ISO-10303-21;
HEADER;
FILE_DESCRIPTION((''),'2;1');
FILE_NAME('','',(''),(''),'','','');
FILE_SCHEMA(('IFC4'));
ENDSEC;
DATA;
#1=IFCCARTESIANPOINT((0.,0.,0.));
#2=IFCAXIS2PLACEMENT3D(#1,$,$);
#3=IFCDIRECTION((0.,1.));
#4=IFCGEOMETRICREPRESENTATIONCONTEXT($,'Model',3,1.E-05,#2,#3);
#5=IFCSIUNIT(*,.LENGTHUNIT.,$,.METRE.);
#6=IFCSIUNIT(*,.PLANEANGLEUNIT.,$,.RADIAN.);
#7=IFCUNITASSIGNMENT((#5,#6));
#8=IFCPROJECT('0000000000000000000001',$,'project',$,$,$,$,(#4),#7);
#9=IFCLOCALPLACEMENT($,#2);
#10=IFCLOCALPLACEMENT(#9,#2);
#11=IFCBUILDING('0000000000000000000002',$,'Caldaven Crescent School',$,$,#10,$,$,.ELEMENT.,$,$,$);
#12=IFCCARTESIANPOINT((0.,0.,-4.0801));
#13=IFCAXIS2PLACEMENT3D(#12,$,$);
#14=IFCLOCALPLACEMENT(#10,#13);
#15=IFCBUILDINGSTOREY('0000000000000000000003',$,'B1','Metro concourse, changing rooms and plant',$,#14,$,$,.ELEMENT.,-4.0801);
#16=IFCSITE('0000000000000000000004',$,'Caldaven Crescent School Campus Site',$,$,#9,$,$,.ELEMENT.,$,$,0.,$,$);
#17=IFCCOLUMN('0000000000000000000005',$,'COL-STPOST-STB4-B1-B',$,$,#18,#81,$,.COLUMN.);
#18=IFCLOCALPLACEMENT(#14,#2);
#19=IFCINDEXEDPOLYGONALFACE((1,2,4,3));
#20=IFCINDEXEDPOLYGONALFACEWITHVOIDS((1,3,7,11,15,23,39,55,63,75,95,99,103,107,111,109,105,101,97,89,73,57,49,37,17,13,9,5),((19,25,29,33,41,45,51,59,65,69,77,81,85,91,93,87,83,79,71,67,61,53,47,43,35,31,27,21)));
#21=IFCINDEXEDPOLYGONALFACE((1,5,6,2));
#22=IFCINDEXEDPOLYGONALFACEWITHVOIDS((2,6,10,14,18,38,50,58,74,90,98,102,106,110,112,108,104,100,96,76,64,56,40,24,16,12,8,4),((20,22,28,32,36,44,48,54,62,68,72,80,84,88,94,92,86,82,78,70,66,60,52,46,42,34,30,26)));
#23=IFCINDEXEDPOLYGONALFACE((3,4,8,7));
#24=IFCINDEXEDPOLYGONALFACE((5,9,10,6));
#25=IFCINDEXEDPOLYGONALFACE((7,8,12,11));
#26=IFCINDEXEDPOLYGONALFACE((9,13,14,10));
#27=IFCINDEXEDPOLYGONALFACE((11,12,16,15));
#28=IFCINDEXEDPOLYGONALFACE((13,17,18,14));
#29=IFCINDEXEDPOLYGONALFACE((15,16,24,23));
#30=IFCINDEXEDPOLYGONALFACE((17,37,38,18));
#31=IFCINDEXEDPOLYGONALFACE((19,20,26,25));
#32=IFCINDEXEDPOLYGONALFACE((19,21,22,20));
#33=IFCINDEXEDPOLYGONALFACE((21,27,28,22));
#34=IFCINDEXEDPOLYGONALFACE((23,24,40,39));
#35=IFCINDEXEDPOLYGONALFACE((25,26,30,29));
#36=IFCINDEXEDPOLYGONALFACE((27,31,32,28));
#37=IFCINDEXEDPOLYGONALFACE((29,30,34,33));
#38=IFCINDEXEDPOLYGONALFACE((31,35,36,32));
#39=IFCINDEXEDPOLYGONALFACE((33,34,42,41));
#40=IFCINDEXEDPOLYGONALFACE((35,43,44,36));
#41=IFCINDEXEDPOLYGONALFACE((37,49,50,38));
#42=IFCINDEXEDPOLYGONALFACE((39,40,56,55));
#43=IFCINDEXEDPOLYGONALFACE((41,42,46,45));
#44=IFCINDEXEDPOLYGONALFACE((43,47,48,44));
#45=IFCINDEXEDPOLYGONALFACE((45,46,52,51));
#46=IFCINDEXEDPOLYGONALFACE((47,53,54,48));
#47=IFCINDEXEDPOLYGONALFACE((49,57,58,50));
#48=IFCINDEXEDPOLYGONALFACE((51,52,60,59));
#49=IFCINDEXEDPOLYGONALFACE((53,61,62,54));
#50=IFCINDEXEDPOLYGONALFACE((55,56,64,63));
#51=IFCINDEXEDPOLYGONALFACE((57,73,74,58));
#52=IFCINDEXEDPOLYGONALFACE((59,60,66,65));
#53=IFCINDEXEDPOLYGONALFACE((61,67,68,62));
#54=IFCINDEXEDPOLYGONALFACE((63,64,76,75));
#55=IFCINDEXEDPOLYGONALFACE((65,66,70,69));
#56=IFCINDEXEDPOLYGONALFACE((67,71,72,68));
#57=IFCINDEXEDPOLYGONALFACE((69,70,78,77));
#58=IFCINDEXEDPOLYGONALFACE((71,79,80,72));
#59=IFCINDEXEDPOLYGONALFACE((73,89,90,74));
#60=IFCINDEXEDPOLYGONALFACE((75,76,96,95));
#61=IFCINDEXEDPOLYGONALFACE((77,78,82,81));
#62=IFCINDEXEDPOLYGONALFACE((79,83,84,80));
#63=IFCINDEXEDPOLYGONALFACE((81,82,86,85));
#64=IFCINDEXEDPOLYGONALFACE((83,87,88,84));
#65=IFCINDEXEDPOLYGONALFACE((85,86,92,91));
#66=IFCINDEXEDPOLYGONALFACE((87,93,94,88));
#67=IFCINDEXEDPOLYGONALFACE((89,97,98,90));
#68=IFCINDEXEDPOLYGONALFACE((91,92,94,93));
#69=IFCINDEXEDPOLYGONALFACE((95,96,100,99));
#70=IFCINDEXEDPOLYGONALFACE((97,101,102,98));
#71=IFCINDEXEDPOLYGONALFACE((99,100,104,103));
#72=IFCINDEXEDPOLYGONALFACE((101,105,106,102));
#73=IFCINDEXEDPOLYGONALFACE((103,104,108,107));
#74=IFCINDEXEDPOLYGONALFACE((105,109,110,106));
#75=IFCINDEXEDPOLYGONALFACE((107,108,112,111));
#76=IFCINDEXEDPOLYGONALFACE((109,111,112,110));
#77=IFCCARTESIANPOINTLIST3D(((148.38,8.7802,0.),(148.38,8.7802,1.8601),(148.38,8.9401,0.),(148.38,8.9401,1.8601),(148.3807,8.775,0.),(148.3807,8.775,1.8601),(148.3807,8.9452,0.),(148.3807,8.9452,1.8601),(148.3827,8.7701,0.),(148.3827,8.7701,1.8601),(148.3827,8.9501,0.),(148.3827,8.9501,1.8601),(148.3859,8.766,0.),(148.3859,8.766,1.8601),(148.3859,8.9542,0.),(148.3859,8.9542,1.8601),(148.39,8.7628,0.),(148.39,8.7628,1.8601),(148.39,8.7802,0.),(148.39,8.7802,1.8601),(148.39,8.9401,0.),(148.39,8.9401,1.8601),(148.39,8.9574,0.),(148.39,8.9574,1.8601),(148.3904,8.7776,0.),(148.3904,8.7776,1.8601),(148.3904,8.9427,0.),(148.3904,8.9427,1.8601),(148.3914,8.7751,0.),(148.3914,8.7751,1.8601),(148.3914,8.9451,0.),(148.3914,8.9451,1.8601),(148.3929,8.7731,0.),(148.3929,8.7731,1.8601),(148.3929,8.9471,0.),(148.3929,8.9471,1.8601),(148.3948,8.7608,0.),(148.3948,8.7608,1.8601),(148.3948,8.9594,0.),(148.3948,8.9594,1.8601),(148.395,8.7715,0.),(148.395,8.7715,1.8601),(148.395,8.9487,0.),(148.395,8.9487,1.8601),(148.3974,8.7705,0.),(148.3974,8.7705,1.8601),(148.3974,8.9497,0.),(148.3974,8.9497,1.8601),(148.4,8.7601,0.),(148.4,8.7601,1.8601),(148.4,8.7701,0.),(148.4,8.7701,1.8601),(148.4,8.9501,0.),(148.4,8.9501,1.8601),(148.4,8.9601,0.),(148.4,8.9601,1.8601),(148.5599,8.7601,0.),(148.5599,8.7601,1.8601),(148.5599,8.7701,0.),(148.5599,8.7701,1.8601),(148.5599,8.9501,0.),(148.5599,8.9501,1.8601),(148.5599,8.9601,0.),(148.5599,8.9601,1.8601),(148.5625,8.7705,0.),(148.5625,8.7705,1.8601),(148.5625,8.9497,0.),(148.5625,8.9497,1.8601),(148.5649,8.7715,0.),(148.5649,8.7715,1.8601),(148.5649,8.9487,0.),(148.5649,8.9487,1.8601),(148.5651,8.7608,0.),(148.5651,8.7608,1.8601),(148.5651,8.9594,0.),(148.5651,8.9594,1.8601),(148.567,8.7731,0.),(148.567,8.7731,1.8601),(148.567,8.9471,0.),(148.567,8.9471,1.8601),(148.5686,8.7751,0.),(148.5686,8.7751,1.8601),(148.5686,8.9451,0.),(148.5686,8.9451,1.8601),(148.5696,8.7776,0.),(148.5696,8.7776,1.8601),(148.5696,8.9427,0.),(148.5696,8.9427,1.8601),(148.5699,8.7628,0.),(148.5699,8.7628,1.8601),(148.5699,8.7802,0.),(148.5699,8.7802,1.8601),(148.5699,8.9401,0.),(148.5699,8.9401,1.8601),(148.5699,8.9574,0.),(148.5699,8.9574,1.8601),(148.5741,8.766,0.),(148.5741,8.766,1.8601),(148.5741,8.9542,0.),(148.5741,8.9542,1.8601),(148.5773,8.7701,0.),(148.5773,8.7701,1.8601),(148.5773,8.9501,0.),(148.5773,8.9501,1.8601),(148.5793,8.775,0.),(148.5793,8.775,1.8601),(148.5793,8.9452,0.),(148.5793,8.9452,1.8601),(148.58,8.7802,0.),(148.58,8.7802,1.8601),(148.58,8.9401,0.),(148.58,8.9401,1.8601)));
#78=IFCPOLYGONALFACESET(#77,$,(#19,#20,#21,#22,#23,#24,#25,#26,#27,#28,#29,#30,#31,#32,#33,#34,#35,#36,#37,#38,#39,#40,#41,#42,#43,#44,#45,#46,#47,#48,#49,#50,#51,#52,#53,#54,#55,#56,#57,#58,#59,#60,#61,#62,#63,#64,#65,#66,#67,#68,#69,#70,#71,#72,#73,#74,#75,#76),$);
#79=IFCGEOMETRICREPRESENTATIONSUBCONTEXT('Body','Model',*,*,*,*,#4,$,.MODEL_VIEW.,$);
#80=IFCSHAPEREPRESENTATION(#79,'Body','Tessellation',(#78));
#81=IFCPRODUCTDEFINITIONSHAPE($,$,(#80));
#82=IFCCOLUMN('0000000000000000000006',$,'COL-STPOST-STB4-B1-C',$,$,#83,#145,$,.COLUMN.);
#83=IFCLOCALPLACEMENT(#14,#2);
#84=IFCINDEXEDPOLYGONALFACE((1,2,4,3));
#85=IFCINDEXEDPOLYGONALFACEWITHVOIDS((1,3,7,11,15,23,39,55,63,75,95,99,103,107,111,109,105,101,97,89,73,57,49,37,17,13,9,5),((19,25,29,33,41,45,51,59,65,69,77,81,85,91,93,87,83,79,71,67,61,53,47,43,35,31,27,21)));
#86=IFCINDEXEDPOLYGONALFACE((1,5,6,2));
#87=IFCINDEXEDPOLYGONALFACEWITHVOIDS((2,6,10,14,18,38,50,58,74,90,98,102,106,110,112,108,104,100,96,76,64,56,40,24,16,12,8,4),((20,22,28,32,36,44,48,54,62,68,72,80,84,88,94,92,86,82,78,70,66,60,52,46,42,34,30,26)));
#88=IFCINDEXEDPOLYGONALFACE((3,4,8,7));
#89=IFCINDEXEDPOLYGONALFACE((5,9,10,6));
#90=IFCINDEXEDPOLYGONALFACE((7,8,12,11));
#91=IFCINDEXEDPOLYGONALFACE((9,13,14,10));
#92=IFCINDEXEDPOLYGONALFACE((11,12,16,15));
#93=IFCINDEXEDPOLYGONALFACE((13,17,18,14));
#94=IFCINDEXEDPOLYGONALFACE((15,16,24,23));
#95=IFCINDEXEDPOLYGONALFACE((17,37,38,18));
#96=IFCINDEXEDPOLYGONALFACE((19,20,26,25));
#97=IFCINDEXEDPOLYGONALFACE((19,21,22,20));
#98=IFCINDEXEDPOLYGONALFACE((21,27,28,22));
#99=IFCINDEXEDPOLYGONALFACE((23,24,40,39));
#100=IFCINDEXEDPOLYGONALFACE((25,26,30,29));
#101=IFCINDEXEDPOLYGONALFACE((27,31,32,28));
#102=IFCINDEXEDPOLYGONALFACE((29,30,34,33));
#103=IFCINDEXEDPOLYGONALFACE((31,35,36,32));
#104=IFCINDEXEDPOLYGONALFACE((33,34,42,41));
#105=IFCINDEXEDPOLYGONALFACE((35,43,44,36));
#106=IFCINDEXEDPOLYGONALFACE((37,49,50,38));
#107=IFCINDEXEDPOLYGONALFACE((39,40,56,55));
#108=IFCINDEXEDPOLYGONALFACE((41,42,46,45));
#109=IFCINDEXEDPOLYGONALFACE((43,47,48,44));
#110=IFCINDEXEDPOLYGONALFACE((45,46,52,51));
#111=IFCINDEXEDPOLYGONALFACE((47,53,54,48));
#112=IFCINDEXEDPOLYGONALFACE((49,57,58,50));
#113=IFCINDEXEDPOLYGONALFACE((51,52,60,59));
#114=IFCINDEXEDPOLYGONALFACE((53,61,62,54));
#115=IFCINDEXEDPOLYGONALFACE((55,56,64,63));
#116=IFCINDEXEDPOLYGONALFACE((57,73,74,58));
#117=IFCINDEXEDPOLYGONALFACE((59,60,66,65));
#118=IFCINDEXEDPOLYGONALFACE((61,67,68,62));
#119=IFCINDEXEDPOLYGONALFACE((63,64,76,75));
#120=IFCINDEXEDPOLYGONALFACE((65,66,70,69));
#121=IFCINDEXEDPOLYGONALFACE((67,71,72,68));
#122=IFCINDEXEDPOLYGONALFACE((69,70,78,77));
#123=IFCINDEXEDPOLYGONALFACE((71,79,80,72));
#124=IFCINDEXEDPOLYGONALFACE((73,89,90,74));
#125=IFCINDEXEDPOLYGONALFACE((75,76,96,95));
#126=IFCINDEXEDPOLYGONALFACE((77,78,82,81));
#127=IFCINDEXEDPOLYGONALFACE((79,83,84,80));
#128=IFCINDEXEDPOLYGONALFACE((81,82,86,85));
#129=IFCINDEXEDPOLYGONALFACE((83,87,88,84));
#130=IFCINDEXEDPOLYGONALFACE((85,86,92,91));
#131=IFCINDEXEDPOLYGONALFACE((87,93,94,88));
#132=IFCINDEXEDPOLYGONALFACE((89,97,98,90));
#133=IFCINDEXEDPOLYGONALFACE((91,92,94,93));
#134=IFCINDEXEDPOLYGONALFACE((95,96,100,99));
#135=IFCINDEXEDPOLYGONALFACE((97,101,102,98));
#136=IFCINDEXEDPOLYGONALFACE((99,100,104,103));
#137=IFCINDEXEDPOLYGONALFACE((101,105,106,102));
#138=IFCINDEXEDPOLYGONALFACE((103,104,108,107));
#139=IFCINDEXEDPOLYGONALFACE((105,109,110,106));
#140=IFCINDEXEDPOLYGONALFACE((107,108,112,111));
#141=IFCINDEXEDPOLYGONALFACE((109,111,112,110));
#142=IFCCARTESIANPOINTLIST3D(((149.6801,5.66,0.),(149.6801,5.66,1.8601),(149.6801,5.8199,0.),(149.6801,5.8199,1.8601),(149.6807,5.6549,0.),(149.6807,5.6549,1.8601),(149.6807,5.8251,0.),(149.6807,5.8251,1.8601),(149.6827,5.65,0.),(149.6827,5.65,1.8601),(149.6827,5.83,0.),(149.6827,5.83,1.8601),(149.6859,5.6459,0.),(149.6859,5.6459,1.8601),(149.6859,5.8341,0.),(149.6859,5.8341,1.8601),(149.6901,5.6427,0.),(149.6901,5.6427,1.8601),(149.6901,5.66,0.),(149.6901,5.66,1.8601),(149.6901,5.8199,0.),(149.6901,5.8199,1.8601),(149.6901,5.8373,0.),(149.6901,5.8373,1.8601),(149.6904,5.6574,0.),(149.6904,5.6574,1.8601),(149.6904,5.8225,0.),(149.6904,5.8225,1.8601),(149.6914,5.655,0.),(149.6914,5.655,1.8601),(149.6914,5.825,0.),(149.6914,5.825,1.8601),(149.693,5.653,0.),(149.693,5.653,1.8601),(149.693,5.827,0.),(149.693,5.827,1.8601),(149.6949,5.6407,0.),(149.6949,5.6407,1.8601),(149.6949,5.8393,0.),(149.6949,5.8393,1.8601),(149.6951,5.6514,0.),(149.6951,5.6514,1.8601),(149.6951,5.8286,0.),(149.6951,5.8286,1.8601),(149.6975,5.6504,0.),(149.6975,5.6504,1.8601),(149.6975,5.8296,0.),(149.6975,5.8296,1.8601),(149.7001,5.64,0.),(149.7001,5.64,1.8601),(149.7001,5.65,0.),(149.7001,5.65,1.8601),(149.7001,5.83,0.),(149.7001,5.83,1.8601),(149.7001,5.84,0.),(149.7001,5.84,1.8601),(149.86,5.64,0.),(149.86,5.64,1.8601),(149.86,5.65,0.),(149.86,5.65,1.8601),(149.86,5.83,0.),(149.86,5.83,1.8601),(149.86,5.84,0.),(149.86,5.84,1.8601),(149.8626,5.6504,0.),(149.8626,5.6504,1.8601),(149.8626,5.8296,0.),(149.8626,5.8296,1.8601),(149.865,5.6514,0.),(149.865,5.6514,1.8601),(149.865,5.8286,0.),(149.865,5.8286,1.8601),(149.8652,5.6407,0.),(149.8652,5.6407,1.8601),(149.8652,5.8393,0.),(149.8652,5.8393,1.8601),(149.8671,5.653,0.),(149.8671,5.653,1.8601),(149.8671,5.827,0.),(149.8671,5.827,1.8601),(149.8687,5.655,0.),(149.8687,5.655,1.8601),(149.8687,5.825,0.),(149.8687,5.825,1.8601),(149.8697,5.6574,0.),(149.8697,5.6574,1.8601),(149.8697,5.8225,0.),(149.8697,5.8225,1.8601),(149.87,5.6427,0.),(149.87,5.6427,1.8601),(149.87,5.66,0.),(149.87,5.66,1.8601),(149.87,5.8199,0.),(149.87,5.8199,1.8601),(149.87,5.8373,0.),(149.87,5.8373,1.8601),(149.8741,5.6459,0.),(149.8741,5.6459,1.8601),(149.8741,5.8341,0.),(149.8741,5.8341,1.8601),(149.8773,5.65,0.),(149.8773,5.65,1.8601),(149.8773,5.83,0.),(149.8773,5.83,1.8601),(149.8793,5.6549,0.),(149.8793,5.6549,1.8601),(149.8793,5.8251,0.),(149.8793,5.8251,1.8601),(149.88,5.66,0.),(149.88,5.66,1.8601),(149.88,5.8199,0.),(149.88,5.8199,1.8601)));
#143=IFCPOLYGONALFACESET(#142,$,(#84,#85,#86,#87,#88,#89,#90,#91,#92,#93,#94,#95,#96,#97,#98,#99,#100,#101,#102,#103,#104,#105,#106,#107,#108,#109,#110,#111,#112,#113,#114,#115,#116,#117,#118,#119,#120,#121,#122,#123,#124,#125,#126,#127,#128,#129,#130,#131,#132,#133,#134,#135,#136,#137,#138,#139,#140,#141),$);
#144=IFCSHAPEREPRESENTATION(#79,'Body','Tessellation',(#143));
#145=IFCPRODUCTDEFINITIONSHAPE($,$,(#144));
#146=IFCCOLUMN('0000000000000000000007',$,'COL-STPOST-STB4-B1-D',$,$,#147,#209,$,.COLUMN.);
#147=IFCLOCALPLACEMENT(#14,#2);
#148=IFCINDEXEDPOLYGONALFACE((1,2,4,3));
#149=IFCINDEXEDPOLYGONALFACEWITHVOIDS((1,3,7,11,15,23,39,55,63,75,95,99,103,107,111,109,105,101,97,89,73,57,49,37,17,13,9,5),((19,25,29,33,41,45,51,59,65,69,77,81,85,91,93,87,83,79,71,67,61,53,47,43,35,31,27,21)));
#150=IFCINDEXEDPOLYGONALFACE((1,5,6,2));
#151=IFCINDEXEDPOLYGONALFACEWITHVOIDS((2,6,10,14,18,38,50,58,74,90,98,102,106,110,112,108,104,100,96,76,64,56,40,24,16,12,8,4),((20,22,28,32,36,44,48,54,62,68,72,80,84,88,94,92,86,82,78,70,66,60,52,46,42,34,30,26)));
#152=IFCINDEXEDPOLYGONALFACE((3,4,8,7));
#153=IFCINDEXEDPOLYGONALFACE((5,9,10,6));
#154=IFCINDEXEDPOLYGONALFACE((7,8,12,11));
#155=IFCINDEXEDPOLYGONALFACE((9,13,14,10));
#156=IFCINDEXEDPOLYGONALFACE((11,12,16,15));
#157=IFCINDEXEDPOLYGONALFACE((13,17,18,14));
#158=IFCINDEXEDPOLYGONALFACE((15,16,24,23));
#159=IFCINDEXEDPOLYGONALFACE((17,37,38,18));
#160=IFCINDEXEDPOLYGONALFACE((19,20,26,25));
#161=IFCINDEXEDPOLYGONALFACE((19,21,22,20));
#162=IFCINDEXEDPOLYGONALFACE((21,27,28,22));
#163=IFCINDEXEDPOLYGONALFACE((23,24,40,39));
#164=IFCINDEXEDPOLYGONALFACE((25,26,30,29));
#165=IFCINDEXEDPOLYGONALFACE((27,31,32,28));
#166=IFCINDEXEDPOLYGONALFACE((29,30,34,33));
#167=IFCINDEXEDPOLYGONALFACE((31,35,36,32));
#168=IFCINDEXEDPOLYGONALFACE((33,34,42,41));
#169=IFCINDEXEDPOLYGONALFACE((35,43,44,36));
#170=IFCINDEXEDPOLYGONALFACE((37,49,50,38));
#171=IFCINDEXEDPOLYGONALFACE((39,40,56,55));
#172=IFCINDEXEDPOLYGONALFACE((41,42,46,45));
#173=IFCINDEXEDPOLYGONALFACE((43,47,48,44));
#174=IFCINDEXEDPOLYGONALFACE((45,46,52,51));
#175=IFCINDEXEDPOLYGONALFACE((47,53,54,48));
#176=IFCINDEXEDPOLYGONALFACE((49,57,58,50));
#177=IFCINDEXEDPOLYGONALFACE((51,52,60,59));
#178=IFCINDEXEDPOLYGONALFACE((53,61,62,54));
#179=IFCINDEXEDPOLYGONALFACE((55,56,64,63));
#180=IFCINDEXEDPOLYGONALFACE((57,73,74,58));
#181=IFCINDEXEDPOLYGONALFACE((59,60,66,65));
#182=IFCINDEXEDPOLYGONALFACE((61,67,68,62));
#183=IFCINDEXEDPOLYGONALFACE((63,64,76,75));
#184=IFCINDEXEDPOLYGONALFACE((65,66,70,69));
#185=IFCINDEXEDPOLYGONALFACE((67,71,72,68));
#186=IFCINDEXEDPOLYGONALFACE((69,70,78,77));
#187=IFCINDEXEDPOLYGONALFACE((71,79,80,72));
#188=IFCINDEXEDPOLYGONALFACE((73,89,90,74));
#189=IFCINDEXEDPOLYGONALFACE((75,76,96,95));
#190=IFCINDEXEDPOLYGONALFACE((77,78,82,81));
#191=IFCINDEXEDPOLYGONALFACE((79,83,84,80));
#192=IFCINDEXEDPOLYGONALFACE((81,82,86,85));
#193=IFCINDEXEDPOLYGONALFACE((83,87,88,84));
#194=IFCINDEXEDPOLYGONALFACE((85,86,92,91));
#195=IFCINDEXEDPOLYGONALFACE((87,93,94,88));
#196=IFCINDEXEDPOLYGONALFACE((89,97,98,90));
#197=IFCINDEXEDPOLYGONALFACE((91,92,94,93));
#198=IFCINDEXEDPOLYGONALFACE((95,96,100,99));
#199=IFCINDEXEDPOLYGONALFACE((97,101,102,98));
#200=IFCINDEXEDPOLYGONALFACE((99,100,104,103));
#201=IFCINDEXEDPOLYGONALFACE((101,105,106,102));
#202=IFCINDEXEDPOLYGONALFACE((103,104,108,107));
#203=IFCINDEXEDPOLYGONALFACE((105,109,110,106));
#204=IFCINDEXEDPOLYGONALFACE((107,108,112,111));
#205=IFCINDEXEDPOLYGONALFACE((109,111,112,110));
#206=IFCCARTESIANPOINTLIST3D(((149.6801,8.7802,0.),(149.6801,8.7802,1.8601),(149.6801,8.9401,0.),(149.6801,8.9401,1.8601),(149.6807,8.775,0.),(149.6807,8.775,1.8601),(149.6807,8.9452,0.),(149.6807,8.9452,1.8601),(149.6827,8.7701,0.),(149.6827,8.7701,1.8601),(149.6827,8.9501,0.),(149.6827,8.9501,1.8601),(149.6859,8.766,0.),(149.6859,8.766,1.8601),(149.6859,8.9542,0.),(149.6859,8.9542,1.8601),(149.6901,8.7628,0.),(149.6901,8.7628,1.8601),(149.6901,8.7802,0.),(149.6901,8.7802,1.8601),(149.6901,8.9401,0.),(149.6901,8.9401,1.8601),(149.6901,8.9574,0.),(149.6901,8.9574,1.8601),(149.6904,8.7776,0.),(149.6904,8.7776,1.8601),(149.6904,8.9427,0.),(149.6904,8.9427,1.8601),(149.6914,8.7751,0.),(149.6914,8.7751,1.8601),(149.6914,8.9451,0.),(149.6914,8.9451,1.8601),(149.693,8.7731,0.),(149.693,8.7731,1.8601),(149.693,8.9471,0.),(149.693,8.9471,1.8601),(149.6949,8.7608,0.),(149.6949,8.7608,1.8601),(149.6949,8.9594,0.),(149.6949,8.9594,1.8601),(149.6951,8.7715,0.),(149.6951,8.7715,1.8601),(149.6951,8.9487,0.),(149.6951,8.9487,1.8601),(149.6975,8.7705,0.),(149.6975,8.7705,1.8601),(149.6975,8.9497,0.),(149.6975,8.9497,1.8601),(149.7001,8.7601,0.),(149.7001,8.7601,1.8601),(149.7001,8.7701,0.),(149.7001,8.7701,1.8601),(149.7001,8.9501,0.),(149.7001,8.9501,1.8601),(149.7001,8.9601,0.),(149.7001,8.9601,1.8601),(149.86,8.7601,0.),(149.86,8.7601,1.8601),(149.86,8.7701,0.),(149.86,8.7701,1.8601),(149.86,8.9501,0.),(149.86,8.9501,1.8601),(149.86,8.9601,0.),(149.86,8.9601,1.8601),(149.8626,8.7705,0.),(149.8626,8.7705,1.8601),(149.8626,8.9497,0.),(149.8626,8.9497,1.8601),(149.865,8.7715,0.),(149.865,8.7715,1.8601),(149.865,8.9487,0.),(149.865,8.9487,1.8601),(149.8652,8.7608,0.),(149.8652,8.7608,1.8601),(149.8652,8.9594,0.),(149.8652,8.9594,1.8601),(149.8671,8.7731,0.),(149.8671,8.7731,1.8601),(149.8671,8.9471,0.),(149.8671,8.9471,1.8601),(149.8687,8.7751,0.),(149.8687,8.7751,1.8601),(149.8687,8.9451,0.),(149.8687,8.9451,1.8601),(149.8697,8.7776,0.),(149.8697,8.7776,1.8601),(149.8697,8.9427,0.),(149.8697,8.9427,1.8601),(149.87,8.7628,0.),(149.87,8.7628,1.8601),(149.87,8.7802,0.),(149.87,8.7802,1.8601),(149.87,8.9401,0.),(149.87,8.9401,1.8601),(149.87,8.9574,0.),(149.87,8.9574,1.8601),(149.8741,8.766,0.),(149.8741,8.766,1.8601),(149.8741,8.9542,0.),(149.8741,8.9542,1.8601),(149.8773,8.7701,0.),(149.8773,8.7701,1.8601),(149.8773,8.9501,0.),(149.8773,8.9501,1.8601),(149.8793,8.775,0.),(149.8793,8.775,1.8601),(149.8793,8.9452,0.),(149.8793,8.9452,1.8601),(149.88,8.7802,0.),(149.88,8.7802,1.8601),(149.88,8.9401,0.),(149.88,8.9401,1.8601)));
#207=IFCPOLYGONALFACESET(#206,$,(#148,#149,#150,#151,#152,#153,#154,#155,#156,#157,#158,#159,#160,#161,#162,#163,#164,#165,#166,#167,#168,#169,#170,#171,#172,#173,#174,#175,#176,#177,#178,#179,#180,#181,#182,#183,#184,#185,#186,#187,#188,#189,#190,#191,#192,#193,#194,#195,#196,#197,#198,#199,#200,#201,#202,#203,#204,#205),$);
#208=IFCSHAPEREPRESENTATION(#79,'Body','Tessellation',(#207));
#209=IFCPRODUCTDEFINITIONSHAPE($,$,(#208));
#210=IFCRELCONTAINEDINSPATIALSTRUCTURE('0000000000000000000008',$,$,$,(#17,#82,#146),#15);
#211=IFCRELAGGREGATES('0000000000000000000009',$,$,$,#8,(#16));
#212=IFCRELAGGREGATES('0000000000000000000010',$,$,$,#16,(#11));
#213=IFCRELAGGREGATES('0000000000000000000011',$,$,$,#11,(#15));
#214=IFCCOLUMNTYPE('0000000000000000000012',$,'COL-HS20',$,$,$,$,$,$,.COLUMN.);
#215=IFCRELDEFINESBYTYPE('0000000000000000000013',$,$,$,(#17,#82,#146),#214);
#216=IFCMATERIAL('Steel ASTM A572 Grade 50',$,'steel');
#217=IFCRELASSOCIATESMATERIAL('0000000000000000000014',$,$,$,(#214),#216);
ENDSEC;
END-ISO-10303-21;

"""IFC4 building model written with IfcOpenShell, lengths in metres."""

from ifc_helpers import new_model, si_unit, direction, frame, origin, origin_2d, place, context, subcontext, project, spatial, hollow_rectangle, extrude, material, material_profile, profile_set, type_object, element, save


model = new_model("IFC4")

# Units and contexts
model_context = context("Model", 3, precision=1e-05, world=origin(), true_north=direction((0.0, 1.0)))
body_context = subcontext(model_context, "Body", "Model", "MODEL_VIEW")
ifc_project = project(units=[si_unit("LENGTHUNIT", "METRE"), si_unit("PLANEANGLEUNIT", "RADIAN")], contexts=[model_context])

# Site, building, storey
site_placement = place(None, origin())
site = spatial("IfcSite", under=ifc_project, at=site_placement, Name="Caldaven Crescent School Campus Site", CompositionType="ELEMENT", RefElevation=0.0)
building_placement = place(site_placement, origin())
building = spatial("IfcBuilding", under=site, at=building_placement, Name="Caldaven Crescent School", CompositionType="ELEMENT")
storey_placement = place(building_placement, frame((0.0, 0.0, -4.0801)))
storey = spatial("IfcBuildingStorey", under=building, at=storey_placement, Name="B1", Description="Metro concourse, changing rooms and plant", CompositionType="ELEMENT", Elevation=-4.0801)

# Columns
ifc_material_1 = material(Name="Steel ASTM A572 Grade 50", Category="steel")
ifc_material_profile_1 = material_profile(ifc_material_1, hollow_rectangle(XDim=0.2, YDim=0.2, WallThickness=0.01, InnerFilletRadius=0.01, OuterFilletRadius=0.02, at=origin_2d()), Name="HSS 200x200x10")
ifc_profile_set_1 = profile_set([ifc_material_profile_1], Name="Steel ASTM A572 Grade 50")
column_type_1 = type_object("IfcColumnType", Name="COL-HS20", PredefinedType="COLUMN", material=ifc_profile_set_1)
for number, where, z_axis, x_axis, name in (
    (1, (148.48, 8.8601, 0.0), (0.0, 0.0, 1.0), (1.0, 0.0, 0.0), "COL-STPOST-STB4-B1-B"),
    (2, (149.78, 5.74, 0.0), (0.0, 0.0, 1.0), (1.0, 0.0, 0.0), "COL-STPOST-STB4-B1-C"),
    (3, (149.78, 8.8601, 0.0), (0.0, 0.0, 1.0), (1.0, 0.0, 0.0), "COL-STPOST-STB4-B1-D"),
):
    element("IfcColumn", number, at=place(storey_placement, frame(where, z_axis=z_axis, x_axis=x_axis)), inside=storey, type_object=column_type_1, Name=name, PredefinedType="COLUMN", context=body_context, shape_type="SweptSolid", body=[
        extrude(hollow_rectangle(XDim=0.2, YDim=0.2, WallThickness=0.01, InnerFilletRadius=0.01, OuterFilletRadius=0.02, at=origin_2d()), origin(), (0.0, 0.0, 1.0), 1.8601),
    ])

save(model, "model.ifc")
